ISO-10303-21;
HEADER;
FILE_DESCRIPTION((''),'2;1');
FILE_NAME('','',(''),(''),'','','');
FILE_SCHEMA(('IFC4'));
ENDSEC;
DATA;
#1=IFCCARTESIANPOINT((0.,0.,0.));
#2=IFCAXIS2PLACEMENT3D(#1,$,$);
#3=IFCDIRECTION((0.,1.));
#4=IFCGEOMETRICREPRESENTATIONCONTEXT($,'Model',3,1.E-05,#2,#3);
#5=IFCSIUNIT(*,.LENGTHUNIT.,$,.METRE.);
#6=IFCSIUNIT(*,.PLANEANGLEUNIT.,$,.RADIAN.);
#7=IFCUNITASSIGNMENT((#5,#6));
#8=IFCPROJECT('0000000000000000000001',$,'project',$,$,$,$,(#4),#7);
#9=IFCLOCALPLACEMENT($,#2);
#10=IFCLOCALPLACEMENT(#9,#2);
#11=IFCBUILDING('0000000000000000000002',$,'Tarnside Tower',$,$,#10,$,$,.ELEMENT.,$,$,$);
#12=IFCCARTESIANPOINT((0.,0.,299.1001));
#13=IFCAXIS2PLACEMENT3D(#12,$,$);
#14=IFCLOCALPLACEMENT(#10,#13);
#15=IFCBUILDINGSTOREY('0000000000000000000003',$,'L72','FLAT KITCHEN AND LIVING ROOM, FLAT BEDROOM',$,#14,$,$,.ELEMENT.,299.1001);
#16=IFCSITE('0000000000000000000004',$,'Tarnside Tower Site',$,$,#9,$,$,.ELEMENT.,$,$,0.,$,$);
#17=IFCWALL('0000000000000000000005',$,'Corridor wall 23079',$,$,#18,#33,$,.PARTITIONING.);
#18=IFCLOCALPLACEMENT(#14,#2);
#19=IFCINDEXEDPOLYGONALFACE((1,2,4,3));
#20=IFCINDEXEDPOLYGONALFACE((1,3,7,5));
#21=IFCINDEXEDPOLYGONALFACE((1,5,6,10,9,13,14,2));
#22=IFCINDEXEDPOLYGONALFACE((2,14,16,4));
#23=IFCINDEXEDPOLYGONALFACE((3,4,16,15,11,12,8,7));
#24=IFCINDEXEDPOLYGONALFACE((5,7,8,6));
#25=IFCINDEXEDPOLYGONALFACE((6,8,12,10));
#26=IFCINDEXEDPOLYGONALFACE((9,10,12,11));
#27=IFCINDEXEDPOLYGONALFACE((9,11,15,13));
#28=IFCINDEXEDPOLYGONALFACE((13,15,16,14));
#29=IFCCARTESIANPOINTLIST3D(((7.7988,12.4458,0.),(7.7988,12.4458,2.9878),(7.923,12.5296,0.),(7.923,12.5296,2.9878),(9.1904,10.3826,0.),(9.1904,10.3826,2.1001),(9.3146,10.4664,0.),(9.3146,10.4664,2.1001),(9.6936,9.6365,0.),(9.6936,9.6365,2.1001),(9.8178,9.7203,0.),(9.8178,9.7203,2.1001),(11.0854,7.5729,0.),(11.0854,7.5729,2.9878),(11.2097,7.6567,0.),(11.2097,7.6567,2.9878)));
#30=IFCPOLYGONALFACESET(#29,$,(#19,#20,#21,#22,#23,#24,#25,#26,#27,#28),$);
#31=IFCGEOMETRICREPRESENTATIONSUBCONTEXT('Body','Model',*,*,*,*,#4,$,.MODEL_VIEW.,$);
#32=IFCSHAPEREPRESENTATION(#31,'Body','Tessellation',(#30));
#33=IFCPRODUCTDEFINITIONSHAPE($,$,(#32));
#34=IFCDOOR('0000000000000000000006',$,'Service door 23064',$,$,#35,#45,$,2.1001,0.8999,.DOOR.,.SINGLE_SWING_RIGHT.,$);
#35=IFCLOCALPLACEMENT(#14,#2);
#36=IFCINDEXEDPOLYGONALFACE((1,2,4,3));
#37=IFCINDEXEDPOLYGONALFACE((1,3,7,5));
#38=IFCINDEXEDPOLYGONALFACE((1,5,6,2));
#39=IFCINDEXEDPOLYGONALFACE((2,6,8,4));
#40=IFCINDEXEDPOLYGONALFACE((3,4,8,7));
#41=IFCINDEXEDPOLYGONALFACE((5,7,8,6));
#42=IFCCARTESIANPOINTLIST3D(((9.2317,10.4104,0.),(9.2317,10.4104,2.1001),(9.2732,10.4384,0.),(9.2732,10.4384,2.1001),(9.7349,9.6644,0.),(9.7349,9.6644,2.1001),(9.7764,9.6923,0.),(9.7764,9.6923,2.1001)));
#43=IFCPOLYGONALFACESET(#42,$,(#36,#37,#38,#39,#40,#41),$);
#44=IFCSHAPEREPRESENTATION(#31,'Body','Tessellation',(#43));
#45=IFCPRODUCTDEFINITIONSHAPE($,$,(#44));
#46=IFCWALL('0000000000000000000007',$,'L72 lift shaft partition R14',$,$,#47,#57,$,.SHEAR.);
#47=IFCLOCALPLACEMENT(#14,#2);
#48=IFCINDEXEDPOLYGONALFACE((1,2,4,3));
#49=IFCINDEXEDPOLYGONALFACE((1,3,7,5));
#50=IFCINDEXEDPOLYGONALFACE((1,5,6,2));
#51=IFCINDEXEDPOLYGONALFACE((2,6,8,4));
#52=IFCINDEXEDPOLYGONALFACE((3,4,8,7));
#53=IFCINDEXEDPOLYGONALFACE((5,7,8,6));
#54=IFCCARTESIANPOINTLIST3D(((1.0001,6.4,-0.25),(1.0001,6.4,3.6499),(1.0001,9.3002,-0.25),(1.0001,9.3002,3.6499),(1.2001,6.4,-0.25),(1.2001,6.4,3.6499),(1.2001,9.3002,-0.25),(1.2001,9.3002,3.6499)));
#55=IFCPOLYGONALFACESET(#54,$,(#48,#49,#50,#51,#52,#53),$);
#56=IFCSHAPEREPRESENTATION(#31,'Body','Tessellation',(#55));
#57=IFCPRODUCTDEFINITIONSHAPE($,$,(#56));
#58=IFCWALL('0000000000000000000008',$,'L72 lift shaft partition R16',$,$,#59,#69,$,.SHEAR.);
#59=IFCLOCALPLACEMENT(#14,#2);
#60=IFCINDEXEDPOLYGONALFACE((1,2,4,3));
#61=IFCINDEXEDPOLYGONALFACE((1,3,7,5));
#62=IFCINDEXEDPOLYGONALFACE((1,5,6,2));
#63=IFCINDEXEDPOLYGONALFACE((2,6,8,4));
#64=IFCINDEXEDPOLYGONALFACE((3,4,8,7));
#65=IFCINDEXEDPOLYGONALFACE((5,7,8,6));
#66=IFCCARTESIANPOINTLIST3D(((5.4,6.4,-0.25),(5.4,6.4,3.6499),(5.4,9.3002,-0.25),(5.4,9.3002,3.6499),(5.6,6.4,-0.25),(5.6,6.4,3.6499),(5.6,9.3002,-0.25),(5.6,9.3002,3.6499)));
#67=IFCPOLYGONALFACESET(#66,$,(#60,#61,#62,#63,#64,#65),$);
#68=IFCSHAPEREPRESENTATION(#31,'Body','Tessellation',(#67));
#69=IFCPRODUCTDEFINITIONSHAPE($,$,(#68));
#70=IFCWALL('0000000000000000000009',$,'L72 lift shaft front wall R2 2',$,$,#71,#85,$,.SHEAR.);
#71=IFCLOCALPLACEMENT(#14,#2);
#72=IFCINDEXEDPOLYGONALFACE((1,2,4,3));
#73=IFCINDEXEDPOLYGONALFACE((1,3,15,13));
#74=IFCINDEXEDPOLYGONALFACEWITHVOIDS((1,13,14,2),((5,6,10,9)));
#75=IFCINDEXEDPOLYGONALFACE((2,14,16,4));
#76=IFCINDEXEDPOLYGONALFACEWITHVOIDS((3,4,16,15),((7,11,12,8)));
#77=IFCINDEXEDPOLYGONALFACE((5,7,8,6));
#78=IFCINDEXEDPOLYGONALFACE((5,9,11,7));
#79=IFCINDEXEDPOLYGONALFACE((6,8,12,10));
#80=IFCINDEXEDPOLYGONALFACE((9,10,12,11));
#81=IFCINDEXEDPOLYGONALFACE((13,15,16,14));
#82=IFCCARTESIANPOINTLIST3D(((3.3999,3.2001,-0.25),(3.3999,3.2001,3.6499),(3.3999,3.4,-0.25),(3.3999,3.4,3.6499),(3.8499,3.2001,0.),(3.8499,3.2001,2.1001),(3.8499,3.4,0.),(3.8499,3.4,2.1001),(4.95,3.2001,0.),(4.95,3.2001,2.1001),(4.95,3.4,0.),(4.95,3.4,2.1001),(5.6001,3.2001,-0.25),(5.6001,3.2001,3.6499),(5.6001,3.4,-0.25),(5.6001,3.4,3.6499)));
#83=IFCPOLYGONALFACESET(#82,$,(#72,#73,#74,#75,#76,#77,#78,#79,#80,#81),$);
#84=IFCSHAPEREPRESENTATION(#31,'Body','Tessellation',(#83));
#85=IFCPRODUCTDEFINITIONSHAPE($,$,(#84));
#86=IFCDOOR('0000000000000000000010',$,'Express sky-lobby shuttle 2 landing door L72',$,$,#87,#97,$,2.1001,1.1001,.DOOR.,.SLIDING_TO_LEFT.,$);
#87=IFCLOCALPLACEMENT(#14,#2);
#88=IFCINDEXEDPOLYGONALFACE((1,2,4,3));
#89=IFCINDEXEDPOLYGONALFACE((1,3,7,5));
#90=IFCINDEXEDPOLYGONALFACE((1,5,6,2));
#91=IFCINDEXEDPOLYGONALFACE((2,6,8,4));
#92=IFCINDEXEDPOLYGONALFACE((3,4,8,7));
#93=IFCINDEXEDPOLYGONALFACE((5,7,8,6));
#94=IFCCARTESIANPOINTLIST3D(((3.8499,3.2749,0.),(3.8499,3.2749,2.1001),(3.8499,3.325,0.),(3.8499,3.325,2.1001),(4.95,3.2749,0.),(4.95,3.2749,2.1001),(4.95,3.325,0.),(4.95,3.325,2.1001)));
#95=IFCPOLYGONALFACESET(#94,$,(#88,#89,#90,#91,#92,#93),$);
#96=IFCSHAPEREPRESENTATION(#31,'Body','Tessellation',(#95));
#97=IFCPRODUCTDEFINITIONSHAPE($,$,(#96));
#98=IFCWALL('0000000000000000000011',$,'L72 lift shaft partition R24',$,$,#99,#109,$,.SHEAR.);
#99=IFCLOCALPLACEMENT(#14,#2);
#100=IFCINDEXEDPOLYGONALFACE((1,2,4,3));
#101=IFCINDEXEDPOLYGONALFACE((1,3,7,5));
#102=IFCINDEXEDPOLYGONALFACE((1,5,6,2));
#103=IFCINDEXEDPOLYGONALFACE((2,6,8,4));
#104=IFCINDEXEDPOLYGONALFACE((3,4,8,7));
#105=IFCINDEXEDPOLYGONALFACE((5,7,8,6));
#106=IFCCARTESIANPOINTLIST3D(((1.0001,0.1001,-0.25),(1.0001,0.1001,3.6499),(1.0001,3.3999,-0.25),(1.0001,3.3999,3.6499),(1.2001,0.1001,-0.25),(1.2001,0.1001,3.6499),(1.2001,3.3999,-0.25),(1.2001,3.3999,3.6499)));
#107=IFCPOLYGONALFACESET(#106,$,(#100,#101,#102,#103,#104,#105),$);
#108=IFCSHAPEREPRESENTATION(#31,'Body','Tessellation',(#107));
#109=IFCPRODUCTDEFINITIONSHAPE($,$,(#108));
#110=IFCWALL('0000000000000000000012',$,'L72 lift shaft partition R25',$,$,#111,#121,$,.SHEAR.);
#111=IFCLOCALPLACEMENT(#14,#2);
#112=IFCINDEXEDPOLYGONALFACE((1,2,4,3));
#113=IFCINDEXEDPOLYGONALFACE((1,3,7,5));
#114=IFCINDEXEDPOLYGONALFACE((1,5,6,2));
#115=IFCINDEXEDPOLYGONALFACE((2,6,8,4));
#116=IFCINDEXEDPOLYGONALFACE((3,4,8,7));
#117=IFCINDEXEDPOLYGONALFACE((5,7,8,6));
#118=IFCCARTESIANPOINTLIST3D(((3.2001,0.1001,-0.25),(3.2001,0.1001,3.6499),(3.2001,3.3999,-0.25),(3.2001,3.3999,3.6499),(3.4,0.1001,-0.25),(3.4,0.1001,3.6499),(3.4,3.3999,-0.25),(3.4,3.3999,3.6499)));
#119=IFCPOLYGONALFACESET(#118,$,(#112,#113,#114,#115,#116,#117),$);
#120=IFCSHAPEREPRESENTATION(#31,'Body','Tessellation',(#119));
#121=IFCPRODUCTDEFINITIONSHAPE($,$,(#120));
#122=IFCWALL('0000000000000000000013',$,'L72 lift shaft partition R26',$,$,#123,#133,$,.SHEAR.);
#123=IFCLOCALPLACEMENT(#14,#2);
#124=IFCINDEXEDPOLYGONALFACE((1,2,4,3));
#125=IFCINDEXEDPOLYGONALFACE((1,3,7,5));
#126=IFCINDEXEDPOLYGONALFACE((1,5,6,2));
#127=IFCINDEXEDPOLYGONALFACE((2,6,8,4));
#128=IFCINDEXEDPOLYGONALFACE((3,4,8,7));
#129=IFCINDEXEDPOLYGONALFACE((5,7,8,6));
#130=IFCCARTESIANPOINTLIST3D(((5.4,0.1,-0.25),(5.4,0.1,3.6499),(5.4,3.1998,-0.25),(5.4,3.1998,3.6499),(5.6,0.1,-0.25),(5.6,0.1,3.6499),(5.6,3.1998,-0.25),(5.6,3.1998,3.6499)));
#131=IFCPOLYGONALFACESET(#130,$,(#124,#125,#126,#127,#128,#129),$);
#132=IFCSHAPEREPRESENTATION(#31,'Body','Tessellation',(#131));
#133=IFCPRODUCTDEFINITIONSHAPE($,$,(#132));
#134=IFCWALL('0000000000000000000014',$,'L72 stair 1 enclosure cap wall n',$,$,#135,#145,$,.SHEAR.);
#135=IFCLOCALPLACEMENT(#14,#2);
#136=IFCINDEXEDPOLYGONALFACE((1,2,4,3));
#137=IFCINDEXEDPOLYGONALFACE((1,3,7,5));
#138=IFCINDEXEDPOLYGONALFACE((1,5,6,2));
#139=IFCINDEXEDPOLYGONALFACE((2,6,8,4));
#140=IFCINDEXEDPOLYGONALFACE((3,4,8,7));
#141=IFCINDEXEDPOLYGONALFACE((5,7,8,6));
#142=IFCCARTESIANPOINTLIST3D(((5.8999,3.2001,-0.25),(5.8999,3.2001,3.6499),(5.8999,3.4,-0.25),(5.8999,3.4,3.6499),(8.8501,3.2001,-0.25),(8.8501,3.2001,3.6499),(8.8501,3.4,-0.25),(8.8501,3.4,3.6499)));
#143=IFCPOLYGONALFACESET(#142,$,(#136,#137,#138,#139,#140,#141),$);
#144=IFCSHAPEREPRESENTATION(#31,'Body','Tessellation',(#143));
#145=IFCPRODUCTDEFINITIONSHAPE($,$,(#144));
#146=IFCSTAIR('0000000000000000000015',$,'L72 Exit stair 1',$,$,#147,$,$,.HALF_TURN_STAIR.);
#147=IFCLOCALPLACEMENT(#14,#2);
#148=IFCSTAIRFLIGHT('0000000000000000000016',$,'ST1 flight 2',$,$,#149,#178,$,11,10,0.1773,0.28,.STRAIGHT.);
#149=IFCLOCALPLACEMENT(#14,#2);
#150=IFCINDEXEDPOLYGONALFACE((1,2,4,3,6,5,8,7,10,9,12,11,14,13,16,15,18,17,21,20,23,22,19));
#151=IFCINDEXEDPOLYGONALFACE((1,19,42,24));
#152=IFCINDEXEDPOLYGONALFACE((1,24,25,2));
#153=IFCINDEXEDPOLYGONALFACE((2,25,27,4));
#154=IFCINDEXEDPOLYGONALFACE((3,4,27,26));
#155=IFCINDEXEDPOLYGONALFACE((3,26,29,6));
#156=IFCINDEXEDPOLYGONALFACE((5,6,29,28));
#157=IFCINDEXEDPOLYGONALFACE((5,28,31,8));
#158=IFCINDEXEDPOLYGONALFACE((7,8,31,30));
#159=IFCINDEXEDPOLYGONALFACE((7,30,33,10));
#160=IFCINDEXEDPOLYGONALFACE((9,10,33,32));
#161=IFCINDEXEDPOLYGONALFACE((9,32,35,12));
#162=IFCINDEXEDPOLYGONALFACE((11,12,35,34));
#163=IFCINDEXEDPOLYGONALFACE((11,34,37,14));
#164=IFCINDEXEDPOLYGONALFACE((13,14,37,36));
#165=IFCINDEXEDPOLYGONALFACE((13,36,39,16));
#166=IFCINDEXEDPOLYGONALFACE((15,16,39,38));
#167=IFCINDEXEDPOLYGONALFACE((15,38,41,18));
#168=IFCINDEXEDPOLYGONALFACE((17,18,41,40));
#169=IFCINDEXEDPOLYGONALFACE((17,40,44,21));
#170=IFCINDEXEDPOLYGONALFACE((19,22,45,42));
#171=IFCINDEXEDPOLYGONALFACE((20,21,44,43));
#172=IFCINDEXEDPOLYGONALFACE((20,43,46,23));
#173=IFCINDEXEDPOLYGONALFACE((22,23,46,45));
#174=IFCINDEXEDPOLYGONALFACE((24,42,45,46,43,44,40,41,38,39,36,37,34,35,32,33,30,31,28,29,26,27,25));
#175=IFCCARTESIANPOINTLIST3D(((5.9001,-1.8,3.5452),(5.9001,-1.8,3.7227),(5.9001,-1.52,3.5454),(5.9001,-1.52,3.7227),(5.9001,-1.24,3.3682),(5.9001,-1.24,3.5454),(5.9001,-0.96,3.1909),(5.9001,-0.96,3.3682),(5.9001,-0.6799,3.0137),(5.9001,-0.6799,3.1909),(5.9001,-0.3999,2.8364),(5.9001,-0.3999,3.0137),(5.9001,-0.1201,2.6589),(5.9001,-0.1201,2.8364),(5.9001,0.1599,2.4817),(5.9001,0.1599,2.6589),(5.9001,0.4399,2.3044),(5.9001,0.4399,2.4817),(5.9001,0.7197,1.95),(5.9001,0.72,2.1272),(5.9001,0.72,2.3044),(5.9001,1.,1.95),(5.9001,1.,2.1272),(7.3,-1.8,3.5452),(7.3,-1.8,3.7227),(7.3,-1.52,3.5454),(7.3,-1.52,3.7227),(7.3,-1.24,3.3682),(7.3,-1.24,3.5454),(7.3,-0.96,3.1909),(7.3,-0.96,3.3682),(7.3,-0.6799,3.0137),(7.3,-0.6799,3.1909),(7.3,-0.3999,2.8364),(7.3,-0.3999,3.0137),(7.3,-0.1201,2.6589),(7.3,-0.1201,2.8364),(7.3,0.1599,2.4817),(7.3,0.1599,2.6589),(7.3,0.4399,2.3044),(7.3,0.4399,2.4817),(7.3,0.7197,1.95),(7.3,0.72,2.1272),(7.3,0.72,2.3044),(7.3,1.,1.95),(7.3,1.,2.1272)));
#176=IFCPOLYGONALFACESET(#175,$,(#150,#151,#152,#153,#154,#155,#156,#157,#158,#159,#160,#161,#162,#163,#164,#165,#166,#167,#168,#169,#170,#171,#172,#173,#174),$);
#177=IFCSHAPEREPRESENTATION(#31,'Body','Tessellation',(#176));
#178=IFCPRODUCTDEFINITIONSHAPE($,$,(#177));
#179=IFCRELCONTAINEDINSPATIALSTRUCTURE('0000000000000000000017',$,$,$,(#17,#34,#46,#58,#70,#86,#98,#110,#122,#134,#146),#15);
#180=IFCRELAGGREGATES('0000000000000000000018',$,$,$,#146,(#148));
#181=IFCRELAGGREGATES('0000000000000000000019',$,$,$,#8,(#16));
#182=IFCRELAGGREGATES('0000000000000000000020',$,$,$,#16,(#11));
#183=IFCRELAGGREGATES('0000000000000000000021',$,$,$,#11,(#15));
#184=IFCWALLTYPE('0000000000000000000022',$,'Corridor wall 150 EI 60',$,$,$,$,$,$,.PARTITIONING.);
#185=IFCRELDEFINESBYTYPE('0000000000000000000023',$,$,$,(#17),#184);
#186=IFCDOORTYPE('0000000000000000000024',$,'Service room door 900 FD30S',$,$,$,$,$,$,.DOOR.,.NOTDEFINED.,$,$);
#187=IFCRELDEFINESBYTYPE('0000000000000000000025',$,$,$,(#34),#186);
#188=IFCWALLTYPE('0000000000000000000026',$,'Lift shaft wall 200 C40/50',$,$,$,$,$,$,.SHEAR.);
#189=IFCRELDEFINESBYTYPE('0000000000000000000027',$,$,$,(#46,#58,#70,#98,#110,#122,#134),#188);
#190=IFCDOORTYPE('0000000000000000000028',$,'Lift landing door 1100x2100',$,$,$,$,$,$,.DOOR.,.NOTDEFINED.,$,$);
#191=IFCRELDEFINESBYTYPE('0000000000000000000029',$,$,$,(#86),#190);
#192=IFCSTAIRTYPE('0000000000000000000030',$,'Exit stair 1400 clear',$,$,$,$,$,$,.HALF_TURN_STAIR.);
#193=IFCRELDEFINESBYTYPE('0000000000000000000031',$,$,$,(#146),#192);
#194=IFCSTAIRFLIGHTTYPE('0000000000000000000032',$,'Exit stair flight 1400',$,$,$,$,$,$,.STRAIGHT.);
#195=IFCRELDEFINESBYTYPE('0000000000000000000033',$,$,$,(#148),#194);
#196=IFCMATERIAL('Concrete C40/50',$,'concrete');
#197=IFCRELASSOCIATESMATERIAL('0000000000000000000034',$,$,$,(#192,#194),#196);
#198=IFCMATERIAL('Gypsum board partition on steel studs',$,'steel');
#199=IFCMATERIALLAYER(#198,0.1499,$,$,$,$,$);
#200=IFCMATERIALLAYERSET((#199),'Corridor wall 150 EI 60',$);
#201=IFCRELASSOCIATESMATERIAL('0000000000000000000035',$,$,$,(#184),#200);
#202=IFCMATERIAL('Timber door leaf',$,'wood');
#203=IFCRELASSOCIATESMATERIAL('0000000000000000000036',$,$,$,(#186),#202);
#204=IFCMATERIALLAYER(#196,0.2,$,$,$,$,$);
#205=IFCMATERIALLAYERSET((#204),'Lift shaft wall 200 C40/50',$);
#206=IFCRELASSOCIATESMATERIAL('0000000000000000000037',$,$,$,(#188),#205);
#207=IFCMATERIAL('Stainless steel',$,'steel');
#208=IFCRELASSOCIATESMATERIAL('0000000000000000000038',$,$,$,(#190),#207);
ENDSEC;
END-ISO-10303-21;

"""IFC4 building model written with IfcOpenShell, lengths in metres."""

from ifc_helpers import new_model, si_unit, direction, frame, frame_2d, origin, place, context, subcontext, project, spatial, polyline, rectangle, outline, extrude, material, layer, layer_set, type_object, element, fill, aggregate, save


model = new_model("IFC4")

# Units and contexts
model_context = context("Model", 3, precision=1e-05, world=origin(), true_north=direction((0.0, 1.0)))
body_context = subcontext(model_context, "Body", "Model", "MODEL_VIEW")
ifc_project = project(units=[si_unit("LENGTHUNIT", "METRE"), si_unit("PLANEANGLEUNIT", "RADIAN")], contexts=[model_context])

# Site, building, storey
site_placement = place(None, origin())
site = spatial("IfcSite", under=ifc_project, at=site_placement, Name="Tarnside Tower Site", CompositionType="ELEMENT", RefElevation=0.0)
building_placement = place(site_placement, origin())
building = spatial("IfcBuilding", under=site, at=building_placement, Name="Tarnside Tower", CompositionType="ELEMENT")
storey_placement = place(building_placement, frame((0.0, 0.0, 299.1001)))
storey = spatial("IfcBuildingStorey", under=building, at=storey_placement, Name="L72", Description="FLAT KITCHEN AND LIVING ROOM, FLAT BEDROOM", CompositionType="ELEMENT", Elevation=299.1001)

# Shared definitions
ifc_material_1 = material(Name="Concrete C40/50", Category="concrete")

# Shared definitions
stair_type = type_object("IfcStairType", Name="Exit stair 1400 clear", PredefinedType="HALF_TURN_STAIR", material=ifc_material_1)

# Shared definitions
ifc_material_2 = material(Name="Gypsum board partition on steel studs", Category="steel")
ifc_layer_1 = layer(ifc_material_2, 0.1499)
ifc_layer_set_1 = layer_set([ifc_layer_1], Name="Corridor wall 150 EI 60")
wall_type_1 = type_object("IfcWallType", Name="Corridor wall 150 EI 60", PredefinedType="PARTITIONING", material=ifc_layer_set_1)

# Wall, opening, door
wall_1_placement = place(storey_placement, frame((7.8608, 12.4878, 0.0), z_axis=(0.0, 0.0, 1.0), x_axis=(0.559178, -0.829047, 0.0)))
wall_1 = element("IfcWall", 1, at=wall_1_placement, inside=storey, type_object=wall_type_1, Name="Corridor wall 23079", PredefinedType="PARTITIONING", context=body_context, shape_type="SweptSolid", body=[
    extrude(rectangle(XDim=5.8777, YDim=0.1499, at=frame_2d((2.939, 0.0))), origin(), (0.0, 0.0, 1.0), 2.9878),
])
opening_1_placement = place(wall_1_placement, frame((2.4888, 0.0, 0.0)))
opening_1 = element("IfcOpeningElement", 2, at=opening_1_placement, cuts=wall_1, PredefinedType="OPENING", context=body_context, shape_type="SweptSolid", body=[
    extrude(rectangle(XDim=0.8999, YDim=2.1001, at=frame_2d((0.45, 1.05))), frame((0.0, 0.085, 0.0), z_axis=(0.0, -1.0, 0.0), x_axis=(1.0, 0.0, 0.0)), (0.0, 0.0, 1.0), 0.1699),
])
ifc_material_3 = material(Name="Timber door leaf", Category="wood")
door_type_1 = type_object("IfcDoorType", Name="Service room door 900 FD30S", OperationType="NOTDEFINED", PredefinedType="DOOR", material=ifc_material_3)
door_1_placement = place(opening_1_placement, origin())
door_1 = element("IfcDoor", 3, at=door_1_placement, inside=storey, type_object=door_type_1, Name="Service door 23064", OperationType="SINGLE_SWING_RIGHT", OverallHeight=2.1001, OverallWidth=0.8999, PredefinedType="DOOR", context=body_context, shape_type="SweptSolid", body=[
    extrude(rectangle(XDim=0.8999, YDim=2.1001, at=frame_2d((0.45, 1.05))), frame((0.0, 0.0249, 0.0), z_axis=(0.0, -1.0, 0.0), x_axis=(1.0, 0.0, 0.0)), (0.0, 0.0, 1.0), 0.05),
])
fill(opening_1, door_1)

# Walls
ifc_layer_2 = layer(ifc_material_1, 0.2)
ifc_layer_set_2 = layer_set([ifc_layer_2], Name="Lift shaft wall 200 C40/50")
wall_type_2 = type_object("IfcWallType", Name="Lift shaft wall 200 C40/50", PredefinedType="SHEAR", material=ifc_layer_set_2)
for number, where, z_axis, x_axis, name in (
    (4, (1.1001, 6.3999, -0.25), (0.0, 0.0, 1.0), (0.0, 1.0, 0.0), "L72 lift shaft partition R14"),
    (5, (5.5, 6.3999, -0.25), (0.0, 0.0, 1.0), (0.0, 1.0, 0.0), "L72 lift shaft partition R16"),
):
    element("IfcWall", number, at=place(storey_placement, frame(where, z_axis=z_axis, x_axis=x_axis)), inside=storey, type_object=wall_type_2, Name=name, PredefinedType="SHEAR", context=body_context, shape_type="SweptSolid", body=[
        extrude(rectangle(XDim=2.9001, YDim=0.2, at=frame_2d((1.4502, 0.0))), origin(), (0.0, 0.0, 1.0), 3.8999),
    ])

# Wall, opening, door
wall_2_placement = place(storey_placement, frame((3.3999, 3.3, -0.25), z_axis=(0.0, 0.0, 1.0), x_axis=(1.0, 0.0, 0.0)))
wall_2 = element("IfcWall", 6, at=wall_2_placement, inside=storey, type_object=wall_type_2, Name="L72 lift shaft front wall R2 2", PredefinedType="SHEAR", context=body_context, shape_type="SweptSolid", body=[
    extrude(rectangle(XDim=2.2002, YDim=0.2, at=frame_2d((1.1001, 0.0))), origin(), (0.0, 0.0, 1.0), 3.8999),
])
opening_2_placement = place(wall_2_placement, frame((0.45, 0.0, 0.25)))
opening_2 = element("IfcOpeningElement", 7, at=opening_2_placement, cuts=wall_2, PredefinedType="OPENING", context=body_context, shape_type="SweptSolid", body=[
    extrude(rectangle(XDim=1.1001, YDim=2.1001, at=frame_2d((0.55, 1.05))), frame((0.0, 0.1099, 0.0), z_axis=(0.0, -1.0, 0.0), x_axis=(1.0, 0.0, 0.0)), (0.0, 0.0, 1.0), 0.22),
])
ifc_material_4 = material(Name="Stainless steel", Category="steel")
door_type_2 = type_object("IfcDoorType", Name="Lift landing door 1100x2100", OperationType="NOTDEFINED", PredefinedType="DOOR", material=ifc_material_4)
door_2_placement = place(opening_2_placement, origin())
door_2 = element("IfcDoor", 8, at=door_2_placement, inside=storey, type_object=door_type_2, Name="Express sky-lobby shuttle 2 landing door L72", OperationType="SLIDING_TO_LEFT", OverallHeight=2.1001, OverallWidth=1.1001, PredefinedType="DOOR", context=body_context, shape_type="SweptSolid", body=[
    extrude(rectangle(XDim=1.1001, YDim=2.1001, at=frame_2d((0.55, 1.05))), frame((0.0, 0.0249, 0.0), z_axis=(0.0, -1.0, 0.0), x_axis=(1.0, 0.0, 0.0)), (0.0, 0.0, 1.0), 0.05),
])
fill(opening_2, door_2)

# Walls
for number, where, z_axis, x_axis, name in (
    (9, (1.1001, 0.1001, -0.25), (0.0, 0.0, 1.0), (0.0, 1.0, 0.0), "L72 lift shaft partition R24"),
    (10, (3.3, 0.1001, -0.25), (0.0, 0.0, 1.0), (0.0, 1.0, 0.0), "L72 lift shaft partition R25"),
):
    element("IfcWall", number, at=place(storey_placement, frame(where, z_axis=z_axis, x_axis=x_axis)), inside=storey, type_object=wall_type_2, Name=name, PredefinedType="SHEAR", context=body_context, shape_type="SweptSolid", body=[
        extrude(rectangle(XDim=3.2998, YDim=0.2, at=frame_2d((1.6499, 0.0))), origin(), (0.0, 0.0, 1.0), 3.8999),
    ])
wall_3_placement = place(storey_placement, frame((5.5, 0.1001, -0.25), z_axis=(0.0, 0.0, 1.0), x_axis=(0.0, 1.0, 0.0)))
element("IfcWall", 11, at=wall_3_placement, inside=storey, type_object=wall_type_2, Name="L72 lift shaft partition R26", PredefinedType="SHEAR", context=body_context, shape_type="SweptSolid", body=[
    extrude(rectangle(XDim=3.0999, YDim=0.2, at=frame_2d((1.5498, 0.0))), origin(), (0.0, 0.0, 1.0), 3.8999),
])
wall_4_placement = place(storey_placement, frame((5.8999, 3.3, -0.25), z_axis=(0.0, 0.0, 1.0), x_axis=(1.0, 0.0, 0.0)))
element("IfcWall", 12, at=wall_4_placement, inside=storey, type_object=wall_type_2, Name="L72 stair 1 enclosure cap wall n", PredefinedType="SHEAR", context=body_context, shape_type="SweptSolid", body=[
    extrude(rectangle(XDim=2.9502, YDim=0.2, at=frame_2d((1.4751, 0.0))), origin(), (0.0, 0.0, 1.0), 3.8999),
])

# Stair, stair flight
stair_1_placement = place(storey_placement, origin())
stair_1 = element("IfcStair", 13, at=stair_1_placement, inside=storey, type_object=stair_type, Name="L72 Exit stair 1", PredefinedType="HALF_TURN_STAIR")
stair_flight_type = type_object("IfcStairFlightType", Name="Exit stair flight 1400", PredefinedType="STRAIGHT", material=ifc_material_1)
stair_flight_placement = place(storey_placement, frame((6.6001, 1.0, 1.95), z_axis=(0.0, 0.0, 1.0), x_axis=(0.0, -1.0, 0.0)))
stair_flight = element("IfcStairFlight", 14, at=stair_flight_placement, type_object=stair_flight_type, Name="ST1 flight 2", NumberOfRisers=11, NumberOfTreads=10, PredefinedType="STRAIGHT", RiserHeight=0.1773, TreadLength=0.28, context=body_context, shape_type="SweptSolid", body=[
    extrude(outline(polyline([(0.0, 0.0), (0.0, 0.1772), (0.28, 0.1772), (0.28, 0.3545), (0.5601, 0.3545), (0.5601, 0.5317), (0.8401, 0.5317), (0.8401, 0.709), (1.1201, 0.709), (1.1201, 0.8865), (1.3999, 0.8865), (1.3999, 1.0637), (1.6799, 1.0637), (1.6799, 1.241), (1.96, 1.241), (1.96, 1.4182), (2.24, 1.4182), (2.24, 1.5955), (2.52, 1.5955), (2.52, 1.7727), (2.8, 1.7727), (2.8, 1.95), (2.8, 1.5952), (0.2803, 0.0), (0.0, 0.0)])), frame((0.0, 0.7, 0.0), z_axis=(0.0, -1.0, 0.0), x_axis=(1.0, 0.0, 0.0)), (0.0, 0.0, 1.0), 1.3999),
])
aggregate(stair_1, [stair_flight])

save(model, "model.ifc")
